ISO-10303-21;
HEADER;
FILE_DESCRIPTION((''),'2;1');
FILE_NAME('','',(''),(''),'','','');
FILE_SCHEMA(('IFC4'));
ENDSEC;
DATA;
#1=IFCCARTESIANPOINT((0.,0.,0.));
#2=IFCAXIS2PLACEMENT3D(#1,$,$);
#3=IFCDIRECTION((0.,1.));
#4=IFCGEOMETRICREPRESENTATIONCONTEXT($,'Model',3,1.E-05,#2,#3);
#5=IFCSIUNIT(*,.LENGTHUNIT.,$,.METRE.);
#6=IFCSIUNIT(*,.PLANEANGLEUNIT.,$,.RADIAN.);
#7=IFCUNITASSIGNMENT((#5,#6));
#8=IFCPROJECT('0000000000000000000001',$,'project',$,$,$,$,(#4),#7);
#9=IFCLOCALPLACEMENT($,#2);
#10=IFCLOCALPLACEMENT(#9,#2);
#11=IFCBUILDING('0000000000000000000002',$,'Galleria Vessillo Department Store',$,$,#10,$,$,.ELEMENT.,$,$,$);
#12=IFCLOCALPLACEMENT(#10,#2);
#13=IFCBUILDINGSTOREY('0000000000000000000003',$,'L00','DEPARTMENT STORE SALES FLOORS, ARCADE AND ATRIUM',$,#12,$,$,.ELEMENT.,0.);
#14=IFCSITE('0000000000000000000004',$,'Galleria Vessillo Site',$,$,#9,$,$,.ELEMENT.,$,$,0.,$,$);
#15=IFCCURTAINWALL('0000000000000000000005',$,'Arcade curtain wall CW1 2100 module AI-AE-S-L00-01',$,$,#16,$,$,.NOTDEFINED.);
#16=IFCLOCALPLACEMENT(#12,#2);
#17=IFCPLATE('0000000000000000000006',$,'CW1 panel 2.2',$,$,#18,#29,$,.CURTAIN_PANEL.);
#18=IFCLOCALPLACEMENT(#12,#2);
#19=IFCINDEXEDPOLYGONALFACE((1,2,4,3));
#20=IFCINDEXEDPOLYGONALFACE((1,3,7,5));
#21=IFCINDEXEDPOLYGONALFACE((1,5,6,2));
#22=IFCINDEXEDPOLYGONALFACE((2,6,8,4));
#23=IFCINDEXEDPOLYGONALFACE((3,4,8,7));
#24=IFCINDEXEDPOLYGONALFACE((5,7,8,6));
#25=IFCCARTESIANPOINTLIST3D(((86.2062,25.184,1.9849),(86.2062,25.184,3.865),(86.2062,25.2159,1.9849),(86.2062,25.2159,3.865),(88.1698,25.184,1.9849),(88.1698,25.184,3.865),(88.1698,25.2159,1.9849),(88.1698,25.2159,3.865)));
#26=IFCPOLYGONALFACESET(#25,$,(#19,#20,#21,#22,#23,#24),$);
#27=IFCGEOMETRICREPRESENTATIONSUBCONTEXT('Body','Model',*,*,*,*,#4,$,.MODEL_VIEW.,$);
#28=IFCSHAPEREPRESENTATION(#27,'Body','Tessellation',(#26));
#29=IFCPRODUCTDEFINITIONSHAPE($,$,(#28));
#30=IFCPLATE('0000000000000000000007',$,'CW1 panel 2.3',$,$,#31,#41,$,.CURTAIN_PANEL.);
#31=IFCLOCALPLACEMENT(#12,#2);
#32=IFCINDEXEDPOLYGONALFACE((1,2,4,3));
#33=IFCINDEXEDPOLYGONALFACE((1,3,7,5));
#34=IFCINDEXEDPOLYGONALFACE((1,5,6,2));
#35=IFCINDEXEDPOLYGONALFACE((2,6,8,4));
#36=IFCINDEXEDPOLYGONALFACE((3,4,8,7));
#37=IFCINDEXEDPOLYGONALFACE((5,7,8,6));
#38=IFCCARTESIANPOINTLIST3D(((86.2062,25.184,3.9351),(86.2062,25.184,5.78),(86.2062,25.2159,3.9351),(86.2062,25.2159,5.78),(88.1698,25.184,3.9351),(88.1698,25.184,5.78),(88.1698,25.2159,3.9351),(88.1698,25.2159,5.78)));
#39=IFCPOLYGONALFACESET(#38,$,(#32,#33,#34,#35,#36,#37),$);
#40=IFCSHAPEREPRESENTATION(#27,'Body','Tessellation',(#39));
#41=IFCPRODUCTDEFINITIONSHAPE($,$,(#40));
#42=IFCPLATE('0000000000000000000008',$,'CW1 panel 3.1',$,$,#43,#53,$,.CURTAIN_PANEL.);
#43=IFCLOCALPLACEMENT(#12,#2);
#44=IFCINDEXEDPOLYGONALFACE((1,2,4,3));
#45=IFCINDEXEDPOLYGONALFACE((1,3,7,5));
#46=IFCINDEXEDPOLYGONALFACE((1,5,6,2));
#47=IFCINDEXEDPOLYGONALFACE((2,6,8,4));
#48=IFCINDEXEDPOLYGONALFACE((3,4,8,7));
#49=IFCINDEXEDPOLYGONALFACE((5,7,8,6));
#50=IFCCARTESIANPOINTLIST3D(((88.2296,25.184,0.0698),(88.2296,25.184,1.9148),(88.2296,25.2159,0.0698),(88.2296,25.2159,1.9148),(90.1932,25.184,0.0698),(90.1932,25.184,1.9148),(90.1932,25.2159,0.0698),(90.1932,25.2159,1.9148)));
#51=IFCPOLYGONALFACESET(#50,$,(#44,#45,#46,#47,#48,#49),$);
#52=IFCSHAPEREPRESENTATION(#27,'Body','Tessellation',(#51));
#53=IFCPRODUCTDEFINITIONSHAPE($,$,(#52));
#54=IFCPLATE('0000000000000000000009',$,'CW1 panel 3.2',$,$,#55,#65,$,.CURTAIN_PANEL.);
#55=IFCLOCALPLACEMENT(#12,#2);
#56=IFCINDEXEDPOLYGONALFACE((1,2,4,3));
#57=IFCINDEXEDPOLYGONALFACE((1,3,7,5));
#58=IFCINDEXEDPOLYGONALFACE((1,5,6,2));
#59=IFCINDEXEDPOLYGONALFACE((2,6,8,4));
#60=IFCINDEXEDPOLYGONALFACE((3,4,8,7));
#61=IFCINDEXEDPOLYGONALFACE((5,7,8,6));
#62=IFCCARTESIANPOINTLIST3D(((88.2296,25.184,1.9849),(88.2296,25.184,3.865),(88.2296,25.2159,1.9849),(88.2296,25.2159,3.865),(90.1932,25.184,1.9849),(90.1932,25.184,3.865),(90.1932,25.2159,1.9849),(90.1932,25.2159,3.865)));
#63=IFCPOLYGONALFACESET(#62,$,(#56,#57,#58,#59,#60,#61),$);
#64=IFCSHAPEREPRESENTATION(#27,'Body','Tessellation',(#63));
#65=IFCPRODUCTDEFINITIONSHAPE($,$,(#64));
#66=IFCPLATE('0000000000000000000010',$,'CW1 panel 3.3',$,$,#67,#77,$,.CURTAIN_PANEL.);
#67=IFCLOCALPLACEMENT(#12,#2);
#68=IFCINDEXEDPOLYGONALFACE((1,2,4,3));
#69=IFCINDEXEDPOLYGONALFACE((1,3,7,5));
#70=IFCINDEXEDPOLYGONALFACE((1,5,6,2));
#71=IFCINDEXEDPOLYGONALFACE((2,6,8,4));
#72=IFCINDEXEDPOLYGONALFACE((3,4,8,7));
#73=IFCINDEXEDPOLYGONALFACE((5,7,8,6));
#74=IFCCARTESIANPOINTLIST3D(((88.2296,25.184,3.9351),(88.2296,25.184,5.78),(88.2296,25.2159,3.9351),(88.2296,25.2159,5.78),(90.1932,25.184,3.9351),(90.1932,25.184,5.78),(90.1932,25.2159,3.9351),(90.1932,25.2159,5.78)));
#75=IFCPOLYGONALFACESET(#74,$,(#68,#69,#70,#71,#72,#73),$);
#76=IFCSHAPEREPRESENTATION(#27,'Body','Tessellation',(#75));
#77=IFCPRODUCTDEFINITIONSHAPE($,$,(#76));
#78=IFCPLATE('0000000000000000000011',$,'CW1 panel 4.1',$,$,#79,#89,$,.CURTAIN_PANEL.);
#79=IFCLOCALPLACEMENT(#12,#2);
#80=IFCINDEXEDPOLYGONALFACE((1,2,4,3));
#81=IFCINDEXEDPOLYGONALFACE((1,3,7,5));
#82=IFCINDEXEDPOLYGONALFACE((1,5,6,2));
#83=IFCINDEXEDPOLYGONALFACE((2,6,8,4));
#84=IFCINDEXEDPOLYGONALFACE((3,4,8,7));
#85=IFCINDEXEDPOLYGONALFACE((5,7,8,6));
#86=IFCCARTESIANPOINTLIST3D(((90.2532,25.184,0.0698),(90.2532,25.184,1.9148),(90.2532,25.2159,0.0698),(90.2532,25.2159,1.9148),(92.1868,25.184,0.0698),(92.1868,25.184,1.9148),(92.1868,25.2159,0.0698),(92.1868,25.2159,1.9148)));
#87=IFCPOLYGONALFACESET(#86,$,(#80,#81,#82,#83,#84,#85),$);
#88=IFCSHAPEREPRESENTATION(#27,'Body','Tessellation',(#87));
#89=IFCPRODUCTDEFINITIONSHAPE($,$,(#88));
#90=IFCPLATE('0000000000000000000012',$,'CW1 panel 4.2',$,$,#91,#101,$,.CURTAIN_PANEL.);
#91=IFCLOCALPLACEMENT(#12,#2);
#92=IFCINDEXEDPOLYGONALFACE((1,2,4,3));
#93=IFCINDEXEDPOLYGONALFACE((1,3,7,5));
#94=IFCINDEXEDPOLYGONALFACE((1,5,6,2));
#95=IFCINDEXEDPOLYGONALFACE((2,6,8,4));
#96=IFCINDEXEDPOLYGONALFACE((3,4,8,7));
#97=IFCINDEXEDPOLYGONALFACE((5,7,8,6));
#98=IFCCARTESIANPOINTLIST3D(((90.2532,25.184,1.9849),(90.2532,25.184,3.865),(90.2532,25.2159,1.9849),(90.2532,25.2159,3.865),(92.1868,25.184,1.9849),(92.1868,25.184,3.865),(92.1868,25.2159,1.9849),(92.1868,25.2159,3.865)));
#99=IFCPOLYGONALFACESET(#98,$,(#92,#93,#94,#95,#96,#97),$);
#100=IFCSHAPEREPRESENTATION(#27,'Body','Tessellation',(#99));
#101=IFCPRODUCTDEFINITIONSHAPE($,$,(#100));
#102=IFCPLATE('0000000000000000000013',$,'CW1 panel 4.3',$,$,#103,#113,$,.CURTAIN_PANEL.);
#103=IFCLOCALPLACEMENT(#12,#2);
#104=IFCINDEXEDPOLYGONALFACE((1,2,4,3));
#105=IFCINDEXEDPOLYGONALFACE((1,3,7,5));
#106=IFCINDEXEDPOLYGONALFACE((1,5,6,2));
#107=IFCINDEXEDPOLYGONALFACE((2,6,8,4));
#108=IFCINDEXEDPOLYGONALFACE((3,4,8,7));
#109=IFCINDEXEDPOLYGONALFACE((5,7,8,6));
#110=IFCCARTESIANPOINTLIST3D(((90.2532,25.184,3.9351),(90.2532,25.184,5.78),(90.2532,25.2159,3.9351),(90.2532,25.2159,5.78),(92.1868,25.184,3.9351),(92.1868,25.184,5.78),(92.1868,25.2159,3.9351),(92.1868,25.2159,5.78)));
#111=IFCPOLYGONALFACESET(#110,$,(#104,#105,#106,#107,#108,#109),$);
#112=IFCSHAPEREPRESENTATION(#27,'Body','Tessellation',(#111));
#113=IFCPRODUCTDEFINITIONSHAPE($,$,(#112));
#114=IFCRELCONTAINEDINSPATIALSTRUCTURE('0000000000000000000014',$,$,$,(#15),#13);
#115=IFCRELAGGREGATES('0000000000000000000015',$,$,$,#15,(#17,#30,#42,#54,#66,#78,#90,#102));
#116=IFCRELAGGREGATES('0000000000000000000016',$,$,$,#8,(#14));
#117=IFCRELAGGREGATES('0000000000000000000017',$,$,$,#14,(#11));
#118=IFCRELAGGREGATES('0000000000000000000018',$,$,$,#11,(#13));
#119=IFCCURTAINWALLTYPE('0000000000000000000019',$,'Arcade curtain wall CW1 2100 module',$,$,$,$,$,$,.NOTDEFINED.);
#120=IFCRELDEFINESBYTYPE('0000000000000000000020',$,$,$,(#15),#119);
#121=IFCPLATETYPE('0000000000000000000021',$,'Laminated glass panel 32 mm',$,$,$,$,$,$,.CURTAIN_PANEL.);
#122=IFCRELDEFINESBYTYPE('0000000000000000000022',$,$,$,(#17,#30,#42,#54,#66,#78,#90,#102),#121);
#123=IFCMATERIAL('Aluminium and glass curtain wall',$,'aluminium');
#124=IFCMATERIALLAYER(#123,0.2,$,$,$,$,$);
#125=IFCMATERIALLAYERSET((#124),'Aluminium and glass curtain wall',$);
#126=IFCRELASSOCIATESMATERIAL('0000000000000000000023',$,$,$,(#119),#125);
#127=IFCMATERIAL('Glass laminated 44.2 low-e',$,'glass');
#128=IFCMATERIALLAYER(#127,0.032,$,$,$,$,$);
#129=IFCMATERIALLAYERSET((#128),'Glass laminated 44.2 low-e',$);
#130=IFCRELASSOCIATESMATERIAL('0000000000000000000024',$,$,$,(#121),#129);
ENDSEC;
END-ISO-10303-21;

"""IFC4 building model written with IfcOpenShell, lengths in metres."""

from ifc_helpers import new_model, si_unit, direction, frame, origin, origin_2d, place, context, subcontext, project, spatial, rectangle, extrude, material, layer, layer_set, type_object, element, aggregate, save


model = new_model("IFC4")

# Units and contexts
model_context = context("Model", 3, precision=1e-05, world=origin(), true_north=direction((0.0, 1.0)))
body_context = subcontext(model_context, "Body", "Model", "MODEL_VIEW")
ifc_project = project(units=[si_unit("LENGTHUNIT", "METRE"), si_unit("PLANEANGLEUNIT", "RADIAN")], contexts=[model_context])

# Site, building, storey
site_placement = place(None, origin())
site = spatial("IfcSite", under=ifc_project, at=site_placement, Name="Galleria Vessillo Site", CompositionType="ELEMENT", RefElevation=0.0)
building_placement = place(site_placement, origin())
building = spatial("IfcBuilding", under=site, at=building_placement, Name="Galleria Vessillo Department Store", CompositionType="ELEMENT")
storey_placement = place(building_placement, origin())
storey = spatial("IfcBuildingStorey", under=building, at=storey_placement, Name="L00", Description="DEPARTMENT STORE SALES FLOORS, ARCADE AND ATRIUM", CompositionType="ELEMENT", Elevation=0.0)

# Curtain wall
ifc_material_1 = material(Name="Aluminium and glass curtain wall", Category="aluminium")
ifc_layer_1 = layer(ifc_material_1, 0.2)
ifc_layer_set_1 = layer_set([ifc_layer_1], Name="Aluminium and glass curtain wall")
curtain_wall_type = type_object("IfcCurtainWallType", Name="Arcade curtain wall CW1 2100 module", PredefinedType="NOTDEFINED", material=ifc_layer_set_1)
curtain_wall_1_placement = place(storey_placement, origin())
curtain_wall_1 = element("IfcCurtainWall", 1, at=curtain_wall_1_placement, inside=storey, type_object=curtain_wall_type, Name="Arcade curtain wall CW1 2100 module AI-AE-S-L00-01", PredefinedType="NOTDEFINED")

# Plates
ifc_material_2 = material(Name="Glass laminated 44.2 low-e", Category="glass")
ifc_layer_2 = layer(ifc_material_2, 0.032)
ifc_layer_set_2 = layer_set([ifc_layer_2], Name="Glass laminated 44.2 low-e")
plate_type = type_object("IfcPlateType", Name="Laminated glass panel 32 mm", PredefinedType="CURTAIN_PANEL", material=ifc_layer_set_2)
plate_1_placement = place(storey_placement, frame((87.188, 25.2, 1.9849), z_axis=(0.0, 0.0, 1.0), x_axis=(1.0, 0.0, 0.0)))
plate_1 = element("IfcPlate", 2, at=plate_1_placement, type_object=plate_type, Name="CW1 panel 2.2", PredefinedType="CURTAIN_PANEL", context=body_context, shape_type="SweptSolid", body=[
    extrude(rectangle(XDim=1.9636, YDim=0.032, at=origin_2d()), origin(), (0.0, 0.0, 1.0), 1.8801),
])
plate_2_placement = place(storey_placement, frame((87.188, 25.2, 3.9351), z_axis=(0.0, 0.0, 1.0), x_axis=(1.0, 0.0, 0.0)))
plate_2 = element("IfcPlate", 3, at=plate_2_placement, type_object=plate_type, Name="CW1 panel 2.3", PredefinedType="CURTAIN_PANEL", context=body_context, shape_type="SweptSolid", body=[
    extrude(rectangle(XDim=1.9636, YDim=0.032, at=origin_2d()), origin(), (0.0, 0.0, 1.0), 1.845),
])
plate_3_placement = place(storey_placement, frame((89.2114, 25.2, 0.0698), z_axis=(0.0, 0.0, 1.0), x_axis=(1.0, 0.0, 0.0)))
plate_3 = element("IfcPlate", 4, at=plate_3_placement, type_object=plate_type, Name="CW1 panel 3.1", PredefinedType="CURTAIN_PANEL", context=body_context, shape_type="SweptSolid", body=[
    extrude(rectangle(XDim=1.9636, YDim=0.032, at=origin_2d()), origin(), (0.0, 0.0, 1.0), 1.845),
])
plate_4_placement = place(storey_placement, frame((89.2114, 25.2, 1.9849), z_axis=(0.0, 0.0, 1.0), x_axis=(1.0, 0.0, 0.0)))
plate_4 = element("IfcPlate", 5, at=plate_4_placement, type_object=plate_type, Name="CW1 panel 3.2", PredefinedType="CURTAIN_PANEL", context=body_context, shape_type="SweptSolid", body=[
    extrude(rectangle(XDim=1.9636, YDim=0.032, at=origin_2d()), origin(), (0.0, 0.0, 1.0), 1.8801),
])
plate_5_placement = place(storey_placement, frame((89.2114, 25.2, 3.9351), z_axis=(0.0, 0.0, 1.0), x_axis=(1.0, 0.0, 0.0)))
plate_5 = element("IfcPlate", 6, at=plate_5_placement, type_object=plate_type, Name="CW1 panel 3.3", PredefinedType="CURTAIN_PANEL", context=body_context, shape_type="SweptSolid", body=[
    extrude(rectangle(XDim=1.9636, YDim=0.032, at=origin_2d()), origin(), (0.0, 0.0, 1.0), 1.845),
])
plate_6_placement = place(storey_placement, frame((91.22, 25.2, 0.0698), z_axis=(0.0, 0.0, 1.0), x_axis=(1.0, 0.0, 0.0)))
plate_6 = element("IfcPlate", 7, at=plate_6_placement, type_object=plate_type, Name="CW1 panel 4.1", PredefinedType="CURTAIN_PANEL", context=body_context, shape_type="SweptSolid", body=[
    extrude(rectangle(XDim=1.9336, YDim=0.032, at=origin_2d()), origin(), (0.0, 0.0, 1.0), 1.845),
])
plate_7_placement = place(storey_placement, frame((91.22, 25.2, 1.9849), z_axis=(0.0, 0.0, 1.0), x_axis=(1.0, 0.0, 0.0)))
plate_7 = element("IfcPlate", 8, at=plate_7_placement, type_object=plate_type, Name="CW1 panel 4.2", PredefinedType="CURTAIN_PANEL", context=body_context, shape_type="SweptSolid", body=[
    extrude(rectangle(XDim=1.9336, YDim=0.032, at=origin_2d()), origin(), (0.0, 0.0, 1.0), 1.8801),
])
plate_8_placement = place(storey_placement, frame((91.22, 25.2, 3.9351), z_axis=(0.0, 0.0, 1.0), x_axis=(1.0, 0.0, 0.0)))
plate_8 = element("IfcPlate", 9, at=plate_8_placement, type_object=plate_type, Name="CW1 panel 4.3", PredefinedType="CURTAIN_PANEL", context=body_context, shape_type="SweptSolid", body=[
    extrude(rectangle(XDim=1.9336, YDim=0.032, at=origin_2d()), origin(), (0.0, 0.0, 1.0), 1.845),
])
aggregate(curtain_wall_1, [plate_1, plate_2, plate_3, plate_4, plate_5, plate_6, plate_7, plate_8])

save(model, "model.ifc")
